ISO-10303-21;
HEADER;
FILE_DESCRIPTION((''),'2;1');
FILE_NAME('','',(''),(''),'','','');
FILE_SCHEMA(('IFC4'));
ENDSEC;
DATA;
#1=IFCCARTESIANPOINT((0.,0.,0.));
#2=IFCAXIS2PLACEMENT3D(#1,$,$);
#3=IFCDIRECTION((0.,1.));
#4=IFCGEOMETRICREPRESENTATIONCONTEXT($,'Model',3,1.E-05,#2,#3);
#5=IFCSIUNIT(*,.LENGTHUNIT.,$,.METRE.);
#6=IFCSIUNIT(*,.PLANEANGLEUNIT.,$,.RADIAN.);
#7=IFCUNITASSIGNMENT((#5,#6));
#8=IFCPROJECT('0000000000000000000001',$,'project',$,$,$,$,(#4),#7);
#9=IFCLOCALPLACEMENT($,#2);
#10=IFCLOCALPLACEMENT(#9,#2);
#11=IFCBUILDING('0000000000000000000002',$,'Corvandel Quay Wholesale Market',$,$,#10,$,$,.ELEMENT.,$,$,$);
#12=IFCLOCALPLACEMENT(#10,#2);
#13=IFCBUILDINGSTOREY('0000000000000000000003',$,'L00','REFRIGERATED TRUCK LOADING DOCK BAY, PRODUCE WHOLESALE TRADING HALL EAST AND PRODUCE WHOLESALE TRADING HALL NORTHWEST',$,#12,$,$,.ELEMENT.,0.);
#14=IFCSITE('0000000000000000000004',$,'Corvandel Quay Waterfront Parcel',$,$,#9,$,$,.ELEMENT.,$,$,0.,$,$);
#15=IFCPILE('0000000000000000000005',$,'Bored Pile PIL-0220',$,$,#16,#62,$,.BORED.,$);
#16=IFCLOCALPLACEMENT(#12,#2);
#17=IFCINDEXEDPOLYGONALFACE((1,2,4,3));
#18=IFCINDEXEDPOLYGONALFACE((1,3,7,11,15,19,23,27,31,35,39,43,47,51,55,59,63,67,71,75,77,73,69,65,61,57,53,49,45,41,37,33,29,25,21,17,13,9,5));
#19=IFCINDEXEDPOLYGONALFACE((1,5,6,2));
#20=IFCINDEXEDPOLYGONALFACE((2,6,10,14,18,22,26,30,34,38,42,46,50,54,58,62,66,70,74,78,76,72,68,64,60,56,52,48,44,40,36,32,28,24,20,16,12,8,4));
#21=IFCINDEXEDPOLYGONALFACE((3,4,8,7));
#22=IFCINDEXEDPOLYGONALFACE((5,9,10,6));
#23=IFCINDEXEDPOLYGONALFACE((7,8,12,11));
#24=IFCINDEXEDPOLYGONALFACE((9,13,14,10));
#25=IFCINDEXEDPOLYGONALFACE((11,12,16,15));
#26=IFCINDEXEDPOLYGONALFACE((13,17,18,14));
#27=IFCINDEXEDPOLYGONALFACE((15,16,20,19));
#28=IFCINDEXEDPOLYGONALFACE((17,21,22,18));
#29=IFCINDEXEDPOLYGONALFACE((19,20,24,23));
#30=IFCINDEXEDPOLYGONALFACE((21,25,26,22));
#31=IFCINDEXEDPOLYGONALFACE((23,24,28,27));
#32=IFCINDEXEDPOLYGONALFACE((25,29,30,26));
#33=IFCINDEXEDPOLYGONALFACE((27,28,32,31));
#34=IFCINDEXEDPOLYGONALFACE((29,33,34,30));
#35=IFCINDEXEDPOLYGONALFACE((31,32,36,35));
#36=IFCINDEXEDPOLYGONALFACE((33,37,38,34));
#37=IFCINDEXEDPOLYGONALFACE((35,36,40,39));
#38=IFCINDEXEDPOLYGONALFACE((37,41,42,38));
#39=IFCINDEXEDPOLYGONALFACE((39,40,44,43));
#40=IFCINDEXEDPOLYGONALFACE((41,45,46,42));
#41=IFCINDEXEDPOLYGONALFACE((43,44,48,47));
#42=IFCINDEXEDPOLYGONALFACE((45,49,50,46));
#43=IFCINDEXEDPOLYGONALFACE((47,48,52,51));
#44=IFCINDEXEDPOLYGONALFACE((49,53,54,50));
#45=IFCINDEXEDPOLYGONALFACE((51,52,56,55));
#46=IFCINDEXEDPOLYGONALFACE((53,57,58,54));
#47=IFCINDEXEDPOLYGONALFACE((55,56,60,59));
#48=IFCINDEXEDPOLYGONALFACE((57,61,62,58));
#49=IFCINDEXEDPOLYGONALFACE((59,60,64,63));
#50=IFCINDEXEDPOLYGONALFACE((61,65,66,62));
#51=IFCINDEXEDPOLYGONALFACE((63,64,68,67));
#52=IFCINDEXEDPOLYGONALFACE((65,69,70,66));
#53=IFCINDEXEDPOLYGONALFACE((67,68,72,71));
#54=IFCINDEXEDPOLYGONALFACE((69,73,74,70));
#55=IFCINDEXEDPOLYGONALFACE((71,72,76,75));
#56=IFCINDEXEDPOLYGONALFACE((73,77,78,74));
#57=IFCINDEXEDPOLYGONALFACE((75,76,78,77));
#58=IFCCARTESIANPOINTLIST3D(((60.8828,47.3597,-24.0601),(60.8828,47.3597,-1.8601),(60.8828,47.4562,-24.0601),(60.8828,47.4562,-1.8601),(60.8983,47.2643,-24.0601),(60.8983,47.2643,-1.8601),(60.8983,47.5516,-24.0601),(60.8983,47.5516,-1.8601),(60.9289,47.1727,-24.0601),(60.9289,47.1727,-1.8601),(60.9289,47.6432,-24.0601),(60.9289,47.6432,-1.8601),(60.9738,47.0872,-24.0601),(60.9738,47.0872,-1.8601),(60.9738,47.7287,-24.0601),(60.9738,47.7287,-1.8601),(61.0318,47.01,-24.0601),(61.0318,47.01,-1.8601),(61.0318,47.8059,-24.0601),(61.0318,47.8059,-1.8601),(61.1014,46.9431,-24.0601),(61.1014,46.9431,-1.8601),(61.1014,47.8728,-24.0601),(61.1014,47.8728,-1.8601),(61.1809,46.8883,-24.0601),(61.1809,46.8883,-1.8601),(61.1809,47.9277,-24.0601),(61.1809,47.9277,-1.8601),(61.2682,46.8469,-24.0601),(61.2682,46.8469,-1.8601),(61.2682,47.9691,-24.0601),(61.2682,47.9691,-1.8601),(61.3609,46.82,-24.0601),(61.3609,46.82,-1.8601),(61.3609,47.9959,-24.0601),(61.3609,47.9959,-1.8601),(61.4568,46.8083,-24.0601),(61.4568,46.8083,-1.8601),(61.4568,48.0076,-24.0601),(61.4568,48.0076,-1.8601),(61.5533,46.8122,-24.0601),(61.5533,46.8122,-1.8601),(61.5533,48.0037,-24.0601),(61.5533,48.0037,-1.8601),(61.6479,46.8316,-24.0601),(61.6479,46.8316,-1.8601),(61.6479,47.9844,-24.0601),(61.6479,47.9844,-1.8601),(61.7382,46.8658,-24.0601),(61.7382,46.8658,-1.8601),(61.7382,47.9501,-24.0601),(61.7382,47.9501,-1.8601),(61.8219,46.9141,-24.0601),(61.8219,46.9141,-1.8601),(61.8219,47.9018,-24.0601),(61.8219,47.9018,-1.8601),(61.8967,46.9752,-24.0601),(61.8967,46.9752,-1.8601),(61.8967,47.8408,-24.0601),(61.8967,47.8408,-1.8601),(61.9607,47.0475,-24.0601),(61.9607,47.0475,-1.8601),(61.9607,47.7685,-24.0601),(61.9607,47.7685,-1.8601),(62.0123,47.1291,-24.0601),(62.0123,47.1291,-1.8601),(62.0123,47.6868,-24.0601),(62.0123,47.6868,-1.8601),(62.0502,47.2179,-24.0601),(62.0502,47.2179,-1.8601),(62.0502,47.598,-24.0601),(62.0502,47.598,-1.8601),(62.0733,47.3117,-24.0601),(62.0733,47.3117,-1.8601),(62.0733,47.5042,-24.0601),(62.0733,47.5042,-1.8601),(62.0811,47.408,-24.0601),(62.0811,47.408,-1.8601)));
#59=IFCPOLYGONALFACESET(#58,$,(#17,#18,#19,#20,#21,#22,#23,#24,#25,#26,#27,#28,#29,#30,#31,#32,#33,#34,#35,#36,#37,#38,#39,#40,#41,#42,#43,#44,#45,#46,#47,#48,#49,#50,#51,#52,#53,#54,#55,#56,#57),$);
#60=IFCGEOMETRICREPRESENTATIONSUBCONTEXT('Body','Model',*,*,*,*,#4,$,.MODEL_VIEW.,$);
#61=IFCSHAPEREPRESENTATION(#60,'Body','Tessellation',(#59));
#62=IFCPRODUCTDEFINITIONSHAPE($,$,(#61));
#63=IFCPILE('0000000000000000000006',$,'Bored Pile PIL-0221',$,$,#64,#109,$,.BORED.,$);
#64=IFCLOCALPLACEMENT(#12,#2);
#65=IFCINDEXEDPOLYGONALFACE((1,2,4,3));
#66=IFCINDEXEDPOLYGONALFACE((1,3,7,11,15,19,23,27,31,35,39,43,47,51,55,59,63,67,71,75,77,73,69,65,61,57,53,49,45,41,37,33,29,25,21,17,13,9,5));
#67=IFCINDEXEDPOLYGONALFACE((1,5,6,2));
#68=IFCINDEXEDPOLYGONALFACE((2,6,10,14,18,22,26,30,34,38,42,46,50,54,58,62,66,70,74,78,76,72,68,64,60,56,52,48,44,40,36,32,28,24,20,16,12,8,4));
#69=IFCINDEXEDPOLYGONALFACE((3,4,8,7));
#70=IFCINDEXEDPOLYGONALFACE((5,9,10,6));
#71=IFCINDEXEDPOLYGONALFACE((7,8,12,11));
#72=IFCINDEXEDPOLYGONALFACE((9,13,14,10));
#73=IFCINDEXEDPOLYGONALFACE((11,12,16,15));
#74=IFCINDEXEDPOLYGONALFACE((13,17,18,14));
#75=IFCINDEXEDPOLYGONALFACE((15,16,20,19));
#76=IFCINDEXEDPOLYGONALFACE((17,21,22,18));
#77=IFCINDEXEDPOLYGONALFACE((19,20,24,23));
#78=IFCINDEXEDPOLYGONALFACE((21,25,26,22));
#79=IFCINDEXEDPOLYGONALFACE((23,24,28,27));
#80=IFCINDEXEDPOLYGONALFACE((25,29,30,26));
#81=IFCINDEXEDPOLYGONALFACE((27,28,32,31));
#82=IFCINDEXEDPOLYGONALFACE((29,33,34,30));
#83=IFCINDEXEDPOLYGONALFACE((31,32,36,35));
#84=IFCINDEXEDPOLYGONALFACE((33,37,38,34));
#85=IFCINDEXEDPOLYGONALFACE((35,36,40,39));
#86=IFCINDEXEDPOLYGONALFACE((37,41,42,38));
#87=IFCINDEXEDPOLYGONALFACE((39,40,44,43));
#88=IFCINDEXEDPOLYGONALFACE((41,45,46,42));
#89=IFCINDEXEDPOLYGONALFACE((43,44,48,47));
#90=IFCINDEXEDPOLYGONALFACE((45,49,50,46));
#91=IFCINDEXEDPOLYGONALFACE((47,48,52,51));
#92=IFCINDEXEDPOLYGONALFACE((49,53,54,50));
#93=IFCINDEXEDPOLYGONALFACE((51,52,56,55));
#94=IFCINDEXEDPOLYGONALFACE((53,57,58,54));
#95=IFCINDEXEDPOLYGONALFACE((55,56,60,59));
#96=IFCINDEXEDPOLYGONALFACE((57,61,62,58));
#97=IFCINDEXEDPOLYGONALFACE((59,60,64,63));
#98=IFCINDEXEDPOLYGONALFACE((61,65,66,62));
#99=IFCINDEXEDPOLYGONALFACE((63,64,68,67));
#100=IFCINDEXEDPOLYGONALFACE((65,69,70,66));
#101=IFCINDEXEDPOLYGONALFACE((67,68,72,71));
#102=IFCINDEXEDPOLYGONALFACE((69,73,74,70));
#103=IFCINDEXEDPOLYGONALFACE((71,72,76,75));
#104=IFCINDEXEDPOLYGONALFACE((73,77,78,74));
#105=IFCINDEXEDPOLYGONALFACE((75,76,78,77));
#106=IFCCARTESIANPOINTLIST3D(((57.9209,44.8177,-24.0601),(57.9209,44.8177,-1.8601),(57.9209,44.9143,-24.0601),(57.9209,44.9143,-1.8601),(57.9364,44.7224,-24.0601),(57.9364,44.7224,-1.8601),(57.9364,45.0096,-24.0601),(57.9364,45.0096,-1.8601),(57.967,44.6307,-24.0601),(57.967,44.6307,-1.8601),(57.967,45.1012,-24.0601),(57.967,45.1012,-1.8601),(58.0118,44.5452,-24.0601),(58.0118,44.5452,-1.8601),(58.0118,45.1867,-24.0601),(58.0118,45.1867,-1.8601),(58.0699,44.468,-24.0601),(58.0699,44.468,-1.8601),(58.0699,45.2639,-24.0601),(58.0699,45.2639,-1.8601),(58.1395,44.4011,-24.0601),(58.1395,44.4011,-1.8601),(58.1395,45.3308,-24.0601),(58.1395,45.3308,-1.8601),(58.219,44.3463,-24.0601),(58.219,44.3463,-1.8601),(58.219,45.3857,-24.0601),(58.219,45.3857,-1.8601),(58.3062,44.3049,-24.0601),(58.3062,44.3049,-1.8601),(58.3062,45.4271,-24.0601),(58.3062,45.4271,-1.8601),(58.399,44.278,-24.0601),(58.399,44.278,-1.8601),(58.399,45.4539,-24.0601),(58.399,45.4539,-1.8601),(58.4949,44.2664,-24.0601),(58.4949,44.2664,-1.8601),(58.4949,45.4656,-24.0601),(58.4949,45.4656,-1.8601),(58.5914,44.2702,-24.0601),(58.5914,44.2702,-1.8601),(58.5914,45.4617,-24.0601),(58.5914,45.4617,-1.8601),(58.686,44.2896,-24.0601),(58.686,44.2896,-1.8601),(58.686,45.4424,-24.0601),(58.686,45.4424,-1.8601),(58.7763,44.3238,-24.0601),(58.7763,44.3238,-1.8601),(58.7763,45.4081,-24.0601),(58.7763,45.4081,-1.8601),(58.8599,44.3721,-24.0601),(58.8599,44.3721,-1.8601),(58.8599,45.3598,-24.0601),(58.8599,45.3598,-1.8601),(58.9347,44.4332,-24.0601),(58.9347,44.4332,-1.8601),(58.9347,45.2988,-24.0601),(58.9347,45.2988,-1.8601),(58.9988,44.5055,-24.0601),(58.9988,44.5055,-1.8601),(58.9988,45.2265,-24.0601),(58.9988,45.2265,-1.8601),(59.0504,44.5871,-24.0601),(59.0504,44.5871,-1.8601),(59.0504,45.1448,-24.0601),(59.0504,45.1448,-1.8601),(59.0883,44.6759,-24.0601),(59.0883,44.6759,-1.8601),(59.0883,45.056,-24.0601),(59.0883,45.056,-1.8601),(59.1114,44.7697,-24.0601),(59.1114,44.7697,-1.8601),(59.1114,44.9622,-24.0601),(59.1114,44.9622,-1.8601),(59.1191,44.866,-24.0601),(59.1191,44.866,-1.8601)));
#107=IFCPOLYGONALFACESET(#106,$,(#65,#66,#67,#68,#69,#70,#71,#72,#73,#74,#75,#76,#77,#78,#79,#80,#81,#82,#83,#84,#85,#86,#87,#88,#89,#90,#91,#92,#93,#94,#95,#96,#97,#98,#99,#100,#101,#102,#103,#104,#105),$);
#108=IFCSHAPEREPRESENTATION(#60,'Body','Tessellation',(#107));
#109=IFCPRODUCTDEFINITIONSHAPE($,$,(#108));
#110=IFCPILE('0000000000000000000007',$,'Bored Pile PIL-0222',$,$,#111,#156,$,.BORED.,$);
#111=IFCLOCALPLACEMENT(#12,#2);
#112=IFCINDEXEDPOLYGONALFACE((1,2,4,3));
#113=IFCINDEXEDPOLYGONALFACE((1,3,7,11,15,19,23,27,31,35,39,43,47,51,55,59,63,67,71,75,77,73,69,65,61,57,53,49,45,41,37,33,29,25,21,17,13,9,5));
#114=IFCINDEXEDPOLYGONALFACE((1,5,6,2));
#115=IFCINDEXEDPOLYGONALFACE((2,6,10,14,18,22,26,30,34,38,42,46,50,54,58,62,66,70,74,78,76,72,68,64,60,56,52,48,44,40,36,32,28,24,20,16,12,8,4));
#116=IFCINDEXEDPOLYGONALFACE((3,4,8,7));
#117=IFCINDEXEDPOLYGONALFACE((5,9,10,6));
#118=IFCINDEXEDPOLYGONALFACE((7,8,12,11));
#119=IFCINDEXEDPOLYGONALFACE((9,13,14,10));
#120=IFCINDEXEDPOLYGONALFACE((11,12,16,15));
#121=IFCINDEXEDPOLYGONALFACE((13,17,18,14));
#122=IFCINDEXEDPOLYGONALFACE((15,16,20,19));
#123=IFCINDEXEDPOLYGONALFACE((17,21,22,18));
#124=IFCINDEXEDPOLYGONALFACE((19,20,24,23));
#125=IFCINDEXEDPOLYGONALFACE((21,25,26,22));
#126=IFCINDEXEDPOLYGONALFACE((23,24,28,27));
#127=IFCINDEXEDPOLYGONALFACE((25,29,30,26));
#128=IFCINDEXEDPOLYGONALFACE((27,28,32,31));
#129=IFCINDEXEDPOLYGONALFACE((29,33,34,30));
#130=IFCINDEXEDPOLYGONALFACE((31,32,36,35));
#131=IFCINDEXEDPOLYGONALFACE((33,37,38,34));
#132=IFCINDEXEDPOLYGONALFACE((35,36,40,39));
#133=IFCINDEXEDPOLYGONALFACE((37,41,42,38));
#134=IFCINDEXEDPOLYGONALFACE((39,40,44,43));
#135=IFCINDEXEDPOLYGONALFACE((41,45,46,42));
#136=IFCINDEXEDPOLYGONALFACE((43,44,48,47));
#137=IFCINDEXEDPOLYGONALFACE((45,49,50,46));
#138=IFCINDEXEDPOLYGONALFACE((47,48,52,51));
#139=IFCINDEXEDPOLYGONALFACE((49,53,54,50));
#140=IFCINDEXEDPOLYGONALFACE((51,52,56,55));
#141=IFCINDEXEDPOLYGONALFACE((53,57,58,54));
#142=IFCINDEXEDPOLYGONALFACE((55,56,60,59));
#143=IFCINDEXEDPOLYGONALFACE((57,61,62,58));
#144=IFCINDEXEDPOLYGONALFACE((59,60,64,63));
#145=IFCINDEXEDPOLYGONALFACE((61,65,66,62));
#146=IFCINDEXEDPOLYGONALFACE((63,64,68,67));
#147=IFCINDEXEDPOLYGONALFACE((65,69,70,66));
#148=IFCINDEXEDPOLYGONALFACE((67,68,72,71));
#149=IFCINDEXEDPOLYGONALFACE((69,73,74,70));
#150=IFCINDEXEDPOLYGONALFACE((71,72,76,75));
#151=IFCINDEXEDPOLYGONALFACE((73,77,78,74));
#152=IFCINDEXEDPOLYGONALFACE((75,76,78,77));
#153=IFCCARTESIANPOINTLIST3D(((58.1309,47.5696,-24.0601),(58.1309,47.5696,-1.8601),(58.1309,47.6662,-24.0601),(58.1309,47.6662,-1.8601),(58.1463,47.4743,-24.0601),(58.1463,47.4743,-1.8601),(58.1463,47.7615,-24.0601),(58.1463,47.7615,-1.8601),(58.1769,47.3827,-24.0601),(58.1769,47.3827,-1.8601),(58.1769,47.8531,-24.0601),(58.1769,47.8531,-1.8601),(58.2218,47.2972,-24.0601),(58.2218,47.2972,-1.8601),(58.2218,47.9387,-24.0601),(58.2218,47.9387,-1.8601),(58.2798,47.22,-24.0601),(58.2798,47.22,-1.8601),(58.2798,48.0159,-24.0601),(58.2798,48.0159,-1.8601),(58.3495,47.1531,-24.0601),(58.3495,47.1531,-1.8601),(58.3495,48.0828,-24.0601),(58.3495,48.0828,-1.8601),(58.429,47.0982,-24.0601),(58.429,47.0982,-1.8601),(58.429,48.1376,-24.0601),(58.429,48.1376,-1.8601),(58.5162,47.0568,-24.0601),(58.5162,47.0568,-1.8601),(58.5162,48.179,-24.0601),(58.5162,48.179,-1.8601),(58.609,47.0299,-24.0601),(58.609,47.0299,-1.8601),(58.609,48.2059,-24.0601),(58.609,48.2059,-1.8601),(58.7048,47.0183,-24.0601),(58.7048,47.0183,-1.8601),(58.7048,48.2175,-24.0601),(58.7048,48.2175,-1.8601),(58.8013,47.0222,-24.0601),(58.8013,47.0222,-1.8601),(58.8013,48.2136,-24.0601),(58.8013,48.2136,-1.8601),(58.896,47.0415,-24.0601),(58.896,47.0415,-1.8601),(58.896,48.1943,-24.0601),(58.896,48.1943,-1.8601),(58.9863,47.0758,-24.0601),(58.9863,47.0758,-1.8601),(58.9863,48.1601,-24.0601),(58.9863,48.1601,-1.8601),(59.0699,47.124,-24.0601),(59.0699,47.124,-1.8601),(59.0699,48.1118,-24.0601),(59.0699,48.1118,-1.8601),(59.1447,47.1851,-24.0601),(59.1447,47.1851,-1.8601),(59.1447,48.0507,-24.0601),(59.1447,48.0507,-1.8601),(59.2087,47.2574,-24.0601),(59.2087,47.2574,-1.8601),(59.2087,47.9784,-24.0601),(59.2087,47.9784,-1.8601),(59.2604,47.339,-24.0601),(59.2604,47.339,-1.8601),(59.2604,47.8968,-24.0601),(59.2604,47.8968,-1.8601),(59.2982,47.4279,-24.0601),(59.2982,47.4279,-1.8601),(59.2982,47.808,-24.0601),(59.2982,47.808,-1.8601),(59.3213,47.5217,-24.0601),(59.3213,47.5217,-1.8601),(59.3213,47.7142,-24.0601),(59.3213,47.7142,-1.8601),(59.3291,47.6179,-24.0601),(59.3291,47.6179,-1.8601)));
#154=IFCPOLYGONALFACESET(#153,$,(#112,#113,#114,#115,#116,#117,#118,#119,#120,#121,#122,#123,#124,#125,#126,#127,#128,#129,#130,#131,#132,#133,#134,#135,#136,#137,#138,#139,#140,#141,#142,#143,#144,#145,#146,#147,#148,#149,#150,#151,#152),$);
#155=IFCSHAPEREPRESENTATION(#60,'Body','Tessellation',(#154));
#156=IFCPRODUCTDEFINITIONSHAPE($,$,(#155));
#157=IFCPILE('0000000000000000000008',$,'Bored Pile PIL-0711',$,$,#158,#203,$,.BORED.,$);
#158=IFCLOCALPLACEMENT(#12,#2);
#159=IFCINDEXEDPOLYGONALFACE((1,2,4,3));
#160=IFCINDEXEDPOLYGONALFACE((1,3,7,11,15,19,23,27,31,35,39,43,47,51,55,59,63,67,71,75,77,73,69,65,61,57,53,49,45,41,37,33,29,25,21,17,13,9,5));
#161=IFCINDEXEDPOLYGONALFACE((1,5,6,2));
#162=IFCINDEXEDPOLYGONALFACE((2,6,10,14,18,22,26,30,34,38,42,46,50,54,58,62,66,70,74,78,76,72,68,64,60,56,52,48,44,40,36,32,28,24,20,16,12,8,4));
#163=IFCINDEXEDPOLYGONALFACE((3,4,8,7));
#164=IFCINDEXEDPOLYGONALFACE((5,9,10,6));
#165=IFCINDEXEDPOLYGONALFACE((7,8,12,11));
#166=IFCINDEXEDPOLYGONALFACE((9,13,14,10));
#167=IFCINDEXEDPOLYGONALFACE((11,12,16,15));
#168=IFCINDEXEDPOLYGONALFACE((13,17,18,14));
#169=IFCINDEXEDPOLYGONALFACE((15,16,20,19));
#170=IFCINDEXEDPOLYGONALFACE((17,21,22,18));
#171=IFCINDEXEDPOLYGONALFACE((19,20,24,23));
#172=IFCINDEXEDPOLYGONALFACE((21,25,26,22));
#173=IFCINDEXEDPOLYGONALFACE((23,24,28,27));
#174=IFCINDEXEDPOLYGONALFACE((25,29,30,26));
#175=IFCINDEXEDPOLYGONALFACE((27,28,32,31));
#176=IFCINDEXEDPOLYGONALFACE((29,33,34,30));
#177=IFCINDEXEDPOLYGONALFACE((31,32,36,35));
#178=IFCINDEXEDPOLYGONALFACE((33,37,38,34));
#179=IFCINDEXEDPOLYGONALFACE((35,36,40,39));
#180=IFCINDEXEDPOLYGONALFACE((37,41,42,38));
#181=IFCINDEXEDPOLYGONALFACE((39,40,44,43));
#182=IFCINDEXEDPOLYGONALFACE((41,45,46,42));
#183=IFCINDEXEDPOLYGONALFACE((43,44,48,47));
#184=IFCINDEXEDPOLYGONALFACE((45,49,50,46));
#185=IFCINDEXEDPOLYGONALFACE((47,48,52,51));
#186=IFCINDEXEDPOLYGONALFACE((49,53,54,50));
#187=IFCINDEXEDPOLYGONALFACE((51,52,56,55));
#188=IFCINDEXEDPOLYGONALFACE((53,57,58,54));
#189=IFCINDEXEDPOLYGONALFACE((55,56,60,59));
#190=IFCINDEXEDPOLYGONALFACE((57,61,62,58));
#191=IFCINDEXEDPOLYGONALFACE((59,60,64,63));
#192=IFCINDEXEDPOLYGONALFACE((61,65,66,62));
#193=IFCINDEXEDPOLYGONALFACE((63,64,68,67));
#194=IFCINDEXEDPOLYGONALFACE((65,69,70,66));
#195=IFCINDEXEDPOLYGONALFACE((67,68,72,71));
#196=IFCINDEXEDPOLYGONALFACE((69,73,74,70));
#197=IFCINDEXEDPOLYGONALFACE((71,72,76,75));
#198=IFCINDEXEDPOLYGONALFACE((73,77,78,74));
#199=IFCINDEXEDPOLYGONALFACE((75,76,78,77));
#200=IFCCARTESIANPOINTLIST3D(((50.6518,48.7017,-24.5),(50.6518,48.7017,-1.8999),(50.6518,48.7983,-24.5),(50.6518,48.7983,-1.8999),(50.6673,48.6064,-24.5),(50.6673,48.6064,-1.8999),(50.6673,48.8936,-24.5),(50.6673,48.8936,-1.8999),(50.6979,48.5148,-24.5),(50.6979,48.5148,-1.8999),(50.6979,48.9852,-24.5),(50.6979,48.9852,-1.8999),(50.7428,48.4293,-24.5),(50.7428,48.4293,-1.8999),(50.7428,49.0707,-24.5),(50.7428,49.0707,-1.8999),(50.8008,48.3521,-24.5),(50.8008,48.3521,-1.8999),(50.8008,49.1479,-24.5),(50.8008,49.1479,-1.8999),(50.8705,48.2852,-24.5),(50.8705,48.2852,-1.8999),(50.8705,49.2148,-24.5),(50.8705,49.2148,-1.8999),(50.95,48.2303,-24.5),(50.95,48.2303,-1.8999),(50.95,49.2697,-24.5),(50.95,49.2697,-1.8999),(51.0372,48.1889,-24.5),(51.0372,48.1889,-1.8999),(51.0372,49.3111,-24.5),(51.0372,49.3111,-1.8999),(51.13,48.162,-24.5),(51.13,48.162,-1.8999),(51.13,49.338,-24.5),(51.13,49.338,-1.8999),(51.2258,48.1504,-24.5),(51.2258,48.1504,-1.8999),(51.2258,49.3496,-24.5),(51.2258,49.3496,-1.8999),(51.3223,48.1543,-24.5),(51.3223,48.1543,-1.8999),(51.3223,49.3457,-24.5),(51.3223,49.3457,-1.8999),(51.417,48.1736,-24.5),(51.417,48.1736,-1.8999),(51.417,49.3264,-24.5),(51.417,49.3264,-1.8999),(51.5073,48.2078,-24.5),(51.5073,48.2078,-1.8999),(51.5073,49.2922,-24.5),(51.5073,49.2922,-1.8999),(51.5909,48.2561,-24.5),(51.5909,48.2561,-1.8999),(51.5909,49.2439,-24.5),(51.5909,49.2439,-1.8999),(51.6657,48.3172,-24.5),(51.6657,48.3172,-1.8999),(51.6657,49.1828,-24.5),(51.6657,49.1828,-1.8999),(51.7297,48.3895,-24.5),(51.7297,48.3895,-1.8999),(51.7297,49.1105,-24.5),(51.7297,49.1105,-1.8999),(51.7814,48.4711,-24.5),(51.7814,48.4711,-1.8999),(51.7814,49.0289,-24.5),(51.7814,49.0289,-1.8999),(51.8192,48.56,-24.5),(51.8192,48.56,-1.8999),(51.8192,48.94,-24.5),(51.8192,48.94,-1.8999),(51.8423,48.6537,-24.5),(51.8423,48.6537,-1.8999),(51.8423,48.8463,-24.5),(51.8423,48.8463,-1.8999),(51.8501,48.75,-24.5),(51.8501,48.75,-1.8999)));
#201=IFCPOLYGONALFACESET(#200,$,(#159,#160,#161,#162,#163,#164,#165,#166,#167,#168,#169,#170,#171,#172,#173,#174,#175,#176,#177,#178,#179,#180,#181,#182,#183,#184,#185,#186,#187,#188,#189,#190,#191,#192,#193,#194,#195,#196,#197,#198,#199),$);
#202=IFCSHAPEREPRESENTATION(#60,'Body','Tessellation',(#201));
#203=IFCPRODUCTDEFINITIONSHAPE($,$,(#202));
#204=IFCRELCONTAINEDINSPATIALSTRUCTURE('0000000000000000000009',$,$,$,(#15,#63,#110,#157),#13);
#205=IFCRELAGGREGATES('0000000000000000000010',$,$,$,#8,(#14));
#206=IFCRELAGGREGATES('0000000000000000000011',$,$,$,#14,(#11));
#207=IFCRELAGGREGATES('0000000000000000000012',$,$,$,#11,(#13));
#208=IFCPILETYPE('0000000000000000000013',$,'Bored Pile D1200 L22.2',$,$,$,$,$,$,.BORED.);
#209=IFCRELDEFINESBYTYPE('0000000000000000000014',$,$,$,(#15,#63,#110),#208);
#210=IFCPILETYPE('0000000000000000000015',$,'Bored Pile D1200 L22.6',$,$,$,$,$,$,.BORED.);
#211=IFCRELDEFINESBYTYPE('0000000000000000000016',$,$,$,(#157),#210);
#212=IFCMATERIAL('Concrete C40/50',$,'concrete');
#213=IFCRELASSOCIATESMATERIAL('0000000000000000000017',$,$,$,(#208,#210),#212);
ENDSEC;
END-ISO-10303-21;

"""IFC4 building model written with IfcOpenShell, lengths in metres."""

from ifc_helpers import new_model, si_unit, direction, frame, origin, origin_2d, place, context, subcontext, project, spatial, circle, extrude, material, material_profile, profile_set, type_object, element, save


model = new_model("IFC4")

# Units and contexts
model_context = context("Model", 3, precision=1e-05, world=origin(), true_north=direction((0.0, 1.0)))
body_context = subcontext(model_context, "Body", "Model", "MODEL_VIEW")
ifc_project = project(units=[si_unit("LENGTHUNIT", "METRE"), si_unit("PLANEANGLEUNIT", "RADIAN")], contexts=[model_context])

# Site, building, storey
site_placement = place(None, origin())
site = spatial("IfcSite", under=ifc_project, at=site_placement, Name="Corvandel Quay Waterfront Parcel", CompositionType="ELEMENT", RefElevation=0.0)
building_placement = place(site_placement, origin())
building = spatial("IfcBuilding", under=site, at=building_placement, Name="Corvandel Quay Wholesale Market", CompositionType="ELEMENT")
storey_placement = place(building_placement, origin())
storey = spatial("IfcBuildingStorey", under=building, at=storey_placement, Name="L00", Description="REFRIGERATED TRUCK LOADING DOCK BAY, PRODUCE WHOLESALE TRADING HALL EAST AND PRODUCE WHOLESALE TRADING HALL NORTHWEST", CompositionType="ELEMENT", Elevation=0.0)

# Piles
ifc_material_1 = material(Name="Concrete C40/50", Category="concrete")
ifc_material_profile_1 = material_profile(ifc_material_1, circle(Radius=0.6001, at=origin_2d()), Name="RC-PILE-D1200")
ifc_profile_set_1 = profile_set([ifc_material_profile_1], Name="Concrete C40/50")
pile_type_1 = type_object("IfcPileType", Name="Bored Pile D1200 L22.2", PredefinedType="BORED", material=ifc_profile_set_1)
for number, where, z_axis, x_axis, name in (
    (1, (61.481, 47.408, -1.8601), (0.0, 0.0, -1.0), (1.0, 0.0, 0.0), "Bored Pile PIL-0220"),
    (2, (58.519, 44.866, -1.8601), (0.0, 0.0, -1.0), (1.0, 0.0, 0.0), "Bored Pile PIL-0221"),
    (3, (58.729, 47.6179, -1.8601), (0.0, 0.0, -1.0), (1.0, 0.0, 0.0), "Bored Pile PIL-0222"),
):
    element("IfcPile", number, at=place(storey_placement, frame(where, z_axis=z_axis, x_axis=x_axis)), inside=storey, type_object=pile_type_1, Name=name, PredefinedType="BORED", context=body_context, shape_type="SweptSolid", body=[
        extrude(circle(Radius=0.6001, at=origin_2d()), origin(), (0.0, 0.0, 1.0), 22.2),
    ])
ifc_material_profile_2 = material_profile(ifc_material_1, circle(Radius=0.6001, at=origin_2d()), Name="RC-PILE-D1200")
ifc_profile_set_2 = profile_set([ifc_material_profile_2], Name="Concrete C40/50")
pile_type_2 = type_object("IfcPileType", Name="Bored Pile D1200 L22.6", PredefinedType="BORED", material=ifc_profile_set_2)
for number, where, z_axis, x_axis, name in (
    (4, (51.25, 48.75, -1.8999), (0.0, 0.0, -1.0), (1.0, 0.0, 0.0), "Bored Pile PIL-0711"),
):
    element("IfcPile", number, at=place(storey_placement, frame(where, z_axis=z_axis, x_axis=x_axis)), inside=storey, type_object=pile_type_2, Name=name, PredefinedType="BORED", context=body_context, shape_type="SweptSolid", body=[
        extrude(circle(Radius=0.6001, at=origin_2d()), origin(), (0.0, 0.0, 1.0), 22.6001),
    ])

save(model, "model.ifc")
